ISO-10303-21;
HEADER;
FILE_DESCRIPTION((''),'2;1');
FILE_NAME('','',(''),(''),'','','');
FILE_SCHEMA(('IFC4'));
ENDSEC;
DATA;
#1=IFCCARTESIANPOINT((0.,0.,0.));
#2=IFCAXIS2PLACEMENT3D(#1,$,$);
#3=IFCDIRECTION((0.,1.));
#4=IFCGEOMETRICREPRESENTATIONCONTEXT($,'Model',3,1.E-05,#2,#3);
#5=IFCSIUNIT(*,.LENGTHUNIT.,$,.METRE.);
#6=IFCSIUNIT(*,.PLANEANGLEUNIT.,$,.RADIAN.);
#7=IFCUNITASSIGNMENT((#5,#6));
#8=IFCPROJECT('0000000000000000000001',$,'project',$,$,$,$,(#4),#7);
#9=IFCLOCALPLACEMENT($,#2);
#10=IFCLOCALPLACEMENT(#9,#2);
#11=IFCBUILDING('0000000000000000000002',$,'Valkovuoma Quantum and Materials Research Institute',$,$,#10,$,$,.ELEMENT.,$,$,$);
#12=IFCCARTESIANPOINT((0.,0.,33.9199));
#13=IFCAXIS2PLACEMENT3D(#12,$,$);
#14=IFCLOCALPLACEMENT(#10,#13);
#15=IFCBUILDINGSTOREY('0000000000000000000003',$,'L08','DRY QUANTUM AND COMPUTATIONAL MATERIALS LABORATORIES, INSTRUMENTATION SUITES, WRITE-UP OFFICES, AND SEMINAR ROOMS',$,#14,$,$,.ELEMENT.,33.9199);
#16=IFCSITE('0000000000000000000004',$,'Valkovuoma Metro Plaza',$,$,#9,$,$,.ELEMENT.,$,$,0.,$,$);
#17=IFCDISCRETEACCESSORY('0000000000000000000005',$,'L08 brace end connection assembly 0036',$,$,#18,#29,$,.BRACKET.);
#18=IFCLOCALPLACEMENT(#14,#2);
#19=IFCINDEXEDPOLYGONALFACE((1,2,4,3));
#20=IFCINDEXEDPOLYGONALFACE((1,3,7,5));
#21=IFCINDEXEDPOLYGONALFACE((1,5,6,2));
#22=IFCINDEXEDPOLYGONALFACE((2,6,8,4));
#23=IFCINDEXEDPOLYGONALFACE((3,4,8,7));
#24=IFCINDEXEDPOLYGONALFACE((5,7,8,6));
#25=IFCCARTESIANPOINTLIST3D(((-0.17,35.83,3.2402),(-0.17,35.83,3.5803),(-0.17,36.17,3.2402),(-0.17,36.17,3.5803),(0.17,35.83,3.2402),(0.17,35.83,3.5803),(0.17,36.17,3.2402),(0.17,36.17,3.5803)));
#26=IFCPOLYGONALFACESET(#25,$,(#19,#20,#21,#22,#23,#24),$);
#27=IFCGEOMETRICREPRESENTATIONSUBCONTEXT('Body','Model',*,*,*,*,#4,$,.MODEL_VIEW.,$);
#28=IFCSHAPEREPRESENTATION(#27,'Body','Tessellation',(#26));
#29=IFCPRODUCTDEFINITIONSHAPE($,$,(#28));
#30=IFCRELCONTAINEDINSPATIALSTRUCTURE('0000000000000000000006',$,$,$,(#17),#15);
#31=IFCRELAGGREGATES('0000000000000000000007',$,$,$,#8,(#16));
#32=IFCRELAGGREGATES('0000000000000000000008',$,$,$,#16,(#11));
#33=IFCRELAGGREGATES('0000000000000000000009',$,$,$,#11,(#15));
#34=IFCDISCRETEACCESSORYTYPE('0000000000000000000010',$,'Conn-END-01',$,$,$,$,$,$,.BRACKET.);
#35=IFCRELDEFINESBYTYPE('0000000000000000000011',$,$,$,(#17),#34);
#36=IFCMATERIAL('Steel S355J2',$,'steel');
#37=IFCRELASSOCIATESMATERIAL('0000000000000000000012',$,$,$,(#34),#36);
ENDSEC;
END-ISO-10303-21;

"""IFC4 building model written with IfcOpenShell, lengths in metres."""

from ifc_helpers import new_model, si_unit, direction, frame, origin, origin_2d, place, context, subcontext, project, spatial, rectangle, extrude, material, type_object, element, save


model = new_model("IFC4")

# Units and contexts
model_context = context("Model", 3, precision=1e-05, world=origin(), true_north=direction((0.0, 1.0)))
body_context = subcontext(model_context, "Body", "Model", "MODEL_VIEW")
ifc_project = project(units=[si_unit("LENGTHUNIT", "METRE"), si_unit("PLANEANGLEUNIT", "RADIAN")], contexts=[model_context])

# Site, building, storey
site_placement = place(None, origin())
site = spatial("IfcSite", under=ifc_project, at=site_placement, Name="Valkovuoma Metro Plaza", CompositionType="ELEMENT", RefElevation=0.0)
building_placement = place(site_placement, origin())
building = spatial("IfcBuilding", under=site, at=building_placement, Name="Valkovuoma Quantum and Materials Research Institute", CompositionType="ELEMENT")
storey_placement = place(building_placement, frame((0.0, 0.0, 33.9199)))
storey = spatial("IfcBuildingStorey", under=building, at=storey_placement, Name="L08", Description="DRY QUANTUM AND COMPUTATIONAL MATERIALS LABORATORIES, INSTRUMENTATION SUITES, WRITE-UP OFFICES, AND SEMINAR ROOMS", CompositionType="ELEMENT", Elevation=33.9199)

# Discrete accessory
ifc_material_1 = material(Name="Steel S355J2", Category="steel")
discrete_accessory_type_1 = type_object("IfcDiscreteAccessoryType", Name="Conn-END-01", PredefinedType="BRACKET", material=ifc_material_1)
discrete_accessory_placement = place(storey_placement, frame((0.0, 36.0, 3.2402), z_axis=(0.0, 0.0, 1.0), x_axis=(1.0, 0.0, 0.0)))
element("IfcDiscreteAccessory", 1, at=discrete_accessory_placement, inside=storey, type_object=discrete_accessory_type_1, Name="L08 brace end connection assembly 0036", PredefinedType="BRACKET", context=body_context, shape_type="SweptSolid", body=[
    extrude(rectangle(XDim=0.3401, YDim=0.3401, at=origin_2d()), origin(), (0.0, 0.0, 1.0), 0.3401),
])

save(model, "model.ifc")
